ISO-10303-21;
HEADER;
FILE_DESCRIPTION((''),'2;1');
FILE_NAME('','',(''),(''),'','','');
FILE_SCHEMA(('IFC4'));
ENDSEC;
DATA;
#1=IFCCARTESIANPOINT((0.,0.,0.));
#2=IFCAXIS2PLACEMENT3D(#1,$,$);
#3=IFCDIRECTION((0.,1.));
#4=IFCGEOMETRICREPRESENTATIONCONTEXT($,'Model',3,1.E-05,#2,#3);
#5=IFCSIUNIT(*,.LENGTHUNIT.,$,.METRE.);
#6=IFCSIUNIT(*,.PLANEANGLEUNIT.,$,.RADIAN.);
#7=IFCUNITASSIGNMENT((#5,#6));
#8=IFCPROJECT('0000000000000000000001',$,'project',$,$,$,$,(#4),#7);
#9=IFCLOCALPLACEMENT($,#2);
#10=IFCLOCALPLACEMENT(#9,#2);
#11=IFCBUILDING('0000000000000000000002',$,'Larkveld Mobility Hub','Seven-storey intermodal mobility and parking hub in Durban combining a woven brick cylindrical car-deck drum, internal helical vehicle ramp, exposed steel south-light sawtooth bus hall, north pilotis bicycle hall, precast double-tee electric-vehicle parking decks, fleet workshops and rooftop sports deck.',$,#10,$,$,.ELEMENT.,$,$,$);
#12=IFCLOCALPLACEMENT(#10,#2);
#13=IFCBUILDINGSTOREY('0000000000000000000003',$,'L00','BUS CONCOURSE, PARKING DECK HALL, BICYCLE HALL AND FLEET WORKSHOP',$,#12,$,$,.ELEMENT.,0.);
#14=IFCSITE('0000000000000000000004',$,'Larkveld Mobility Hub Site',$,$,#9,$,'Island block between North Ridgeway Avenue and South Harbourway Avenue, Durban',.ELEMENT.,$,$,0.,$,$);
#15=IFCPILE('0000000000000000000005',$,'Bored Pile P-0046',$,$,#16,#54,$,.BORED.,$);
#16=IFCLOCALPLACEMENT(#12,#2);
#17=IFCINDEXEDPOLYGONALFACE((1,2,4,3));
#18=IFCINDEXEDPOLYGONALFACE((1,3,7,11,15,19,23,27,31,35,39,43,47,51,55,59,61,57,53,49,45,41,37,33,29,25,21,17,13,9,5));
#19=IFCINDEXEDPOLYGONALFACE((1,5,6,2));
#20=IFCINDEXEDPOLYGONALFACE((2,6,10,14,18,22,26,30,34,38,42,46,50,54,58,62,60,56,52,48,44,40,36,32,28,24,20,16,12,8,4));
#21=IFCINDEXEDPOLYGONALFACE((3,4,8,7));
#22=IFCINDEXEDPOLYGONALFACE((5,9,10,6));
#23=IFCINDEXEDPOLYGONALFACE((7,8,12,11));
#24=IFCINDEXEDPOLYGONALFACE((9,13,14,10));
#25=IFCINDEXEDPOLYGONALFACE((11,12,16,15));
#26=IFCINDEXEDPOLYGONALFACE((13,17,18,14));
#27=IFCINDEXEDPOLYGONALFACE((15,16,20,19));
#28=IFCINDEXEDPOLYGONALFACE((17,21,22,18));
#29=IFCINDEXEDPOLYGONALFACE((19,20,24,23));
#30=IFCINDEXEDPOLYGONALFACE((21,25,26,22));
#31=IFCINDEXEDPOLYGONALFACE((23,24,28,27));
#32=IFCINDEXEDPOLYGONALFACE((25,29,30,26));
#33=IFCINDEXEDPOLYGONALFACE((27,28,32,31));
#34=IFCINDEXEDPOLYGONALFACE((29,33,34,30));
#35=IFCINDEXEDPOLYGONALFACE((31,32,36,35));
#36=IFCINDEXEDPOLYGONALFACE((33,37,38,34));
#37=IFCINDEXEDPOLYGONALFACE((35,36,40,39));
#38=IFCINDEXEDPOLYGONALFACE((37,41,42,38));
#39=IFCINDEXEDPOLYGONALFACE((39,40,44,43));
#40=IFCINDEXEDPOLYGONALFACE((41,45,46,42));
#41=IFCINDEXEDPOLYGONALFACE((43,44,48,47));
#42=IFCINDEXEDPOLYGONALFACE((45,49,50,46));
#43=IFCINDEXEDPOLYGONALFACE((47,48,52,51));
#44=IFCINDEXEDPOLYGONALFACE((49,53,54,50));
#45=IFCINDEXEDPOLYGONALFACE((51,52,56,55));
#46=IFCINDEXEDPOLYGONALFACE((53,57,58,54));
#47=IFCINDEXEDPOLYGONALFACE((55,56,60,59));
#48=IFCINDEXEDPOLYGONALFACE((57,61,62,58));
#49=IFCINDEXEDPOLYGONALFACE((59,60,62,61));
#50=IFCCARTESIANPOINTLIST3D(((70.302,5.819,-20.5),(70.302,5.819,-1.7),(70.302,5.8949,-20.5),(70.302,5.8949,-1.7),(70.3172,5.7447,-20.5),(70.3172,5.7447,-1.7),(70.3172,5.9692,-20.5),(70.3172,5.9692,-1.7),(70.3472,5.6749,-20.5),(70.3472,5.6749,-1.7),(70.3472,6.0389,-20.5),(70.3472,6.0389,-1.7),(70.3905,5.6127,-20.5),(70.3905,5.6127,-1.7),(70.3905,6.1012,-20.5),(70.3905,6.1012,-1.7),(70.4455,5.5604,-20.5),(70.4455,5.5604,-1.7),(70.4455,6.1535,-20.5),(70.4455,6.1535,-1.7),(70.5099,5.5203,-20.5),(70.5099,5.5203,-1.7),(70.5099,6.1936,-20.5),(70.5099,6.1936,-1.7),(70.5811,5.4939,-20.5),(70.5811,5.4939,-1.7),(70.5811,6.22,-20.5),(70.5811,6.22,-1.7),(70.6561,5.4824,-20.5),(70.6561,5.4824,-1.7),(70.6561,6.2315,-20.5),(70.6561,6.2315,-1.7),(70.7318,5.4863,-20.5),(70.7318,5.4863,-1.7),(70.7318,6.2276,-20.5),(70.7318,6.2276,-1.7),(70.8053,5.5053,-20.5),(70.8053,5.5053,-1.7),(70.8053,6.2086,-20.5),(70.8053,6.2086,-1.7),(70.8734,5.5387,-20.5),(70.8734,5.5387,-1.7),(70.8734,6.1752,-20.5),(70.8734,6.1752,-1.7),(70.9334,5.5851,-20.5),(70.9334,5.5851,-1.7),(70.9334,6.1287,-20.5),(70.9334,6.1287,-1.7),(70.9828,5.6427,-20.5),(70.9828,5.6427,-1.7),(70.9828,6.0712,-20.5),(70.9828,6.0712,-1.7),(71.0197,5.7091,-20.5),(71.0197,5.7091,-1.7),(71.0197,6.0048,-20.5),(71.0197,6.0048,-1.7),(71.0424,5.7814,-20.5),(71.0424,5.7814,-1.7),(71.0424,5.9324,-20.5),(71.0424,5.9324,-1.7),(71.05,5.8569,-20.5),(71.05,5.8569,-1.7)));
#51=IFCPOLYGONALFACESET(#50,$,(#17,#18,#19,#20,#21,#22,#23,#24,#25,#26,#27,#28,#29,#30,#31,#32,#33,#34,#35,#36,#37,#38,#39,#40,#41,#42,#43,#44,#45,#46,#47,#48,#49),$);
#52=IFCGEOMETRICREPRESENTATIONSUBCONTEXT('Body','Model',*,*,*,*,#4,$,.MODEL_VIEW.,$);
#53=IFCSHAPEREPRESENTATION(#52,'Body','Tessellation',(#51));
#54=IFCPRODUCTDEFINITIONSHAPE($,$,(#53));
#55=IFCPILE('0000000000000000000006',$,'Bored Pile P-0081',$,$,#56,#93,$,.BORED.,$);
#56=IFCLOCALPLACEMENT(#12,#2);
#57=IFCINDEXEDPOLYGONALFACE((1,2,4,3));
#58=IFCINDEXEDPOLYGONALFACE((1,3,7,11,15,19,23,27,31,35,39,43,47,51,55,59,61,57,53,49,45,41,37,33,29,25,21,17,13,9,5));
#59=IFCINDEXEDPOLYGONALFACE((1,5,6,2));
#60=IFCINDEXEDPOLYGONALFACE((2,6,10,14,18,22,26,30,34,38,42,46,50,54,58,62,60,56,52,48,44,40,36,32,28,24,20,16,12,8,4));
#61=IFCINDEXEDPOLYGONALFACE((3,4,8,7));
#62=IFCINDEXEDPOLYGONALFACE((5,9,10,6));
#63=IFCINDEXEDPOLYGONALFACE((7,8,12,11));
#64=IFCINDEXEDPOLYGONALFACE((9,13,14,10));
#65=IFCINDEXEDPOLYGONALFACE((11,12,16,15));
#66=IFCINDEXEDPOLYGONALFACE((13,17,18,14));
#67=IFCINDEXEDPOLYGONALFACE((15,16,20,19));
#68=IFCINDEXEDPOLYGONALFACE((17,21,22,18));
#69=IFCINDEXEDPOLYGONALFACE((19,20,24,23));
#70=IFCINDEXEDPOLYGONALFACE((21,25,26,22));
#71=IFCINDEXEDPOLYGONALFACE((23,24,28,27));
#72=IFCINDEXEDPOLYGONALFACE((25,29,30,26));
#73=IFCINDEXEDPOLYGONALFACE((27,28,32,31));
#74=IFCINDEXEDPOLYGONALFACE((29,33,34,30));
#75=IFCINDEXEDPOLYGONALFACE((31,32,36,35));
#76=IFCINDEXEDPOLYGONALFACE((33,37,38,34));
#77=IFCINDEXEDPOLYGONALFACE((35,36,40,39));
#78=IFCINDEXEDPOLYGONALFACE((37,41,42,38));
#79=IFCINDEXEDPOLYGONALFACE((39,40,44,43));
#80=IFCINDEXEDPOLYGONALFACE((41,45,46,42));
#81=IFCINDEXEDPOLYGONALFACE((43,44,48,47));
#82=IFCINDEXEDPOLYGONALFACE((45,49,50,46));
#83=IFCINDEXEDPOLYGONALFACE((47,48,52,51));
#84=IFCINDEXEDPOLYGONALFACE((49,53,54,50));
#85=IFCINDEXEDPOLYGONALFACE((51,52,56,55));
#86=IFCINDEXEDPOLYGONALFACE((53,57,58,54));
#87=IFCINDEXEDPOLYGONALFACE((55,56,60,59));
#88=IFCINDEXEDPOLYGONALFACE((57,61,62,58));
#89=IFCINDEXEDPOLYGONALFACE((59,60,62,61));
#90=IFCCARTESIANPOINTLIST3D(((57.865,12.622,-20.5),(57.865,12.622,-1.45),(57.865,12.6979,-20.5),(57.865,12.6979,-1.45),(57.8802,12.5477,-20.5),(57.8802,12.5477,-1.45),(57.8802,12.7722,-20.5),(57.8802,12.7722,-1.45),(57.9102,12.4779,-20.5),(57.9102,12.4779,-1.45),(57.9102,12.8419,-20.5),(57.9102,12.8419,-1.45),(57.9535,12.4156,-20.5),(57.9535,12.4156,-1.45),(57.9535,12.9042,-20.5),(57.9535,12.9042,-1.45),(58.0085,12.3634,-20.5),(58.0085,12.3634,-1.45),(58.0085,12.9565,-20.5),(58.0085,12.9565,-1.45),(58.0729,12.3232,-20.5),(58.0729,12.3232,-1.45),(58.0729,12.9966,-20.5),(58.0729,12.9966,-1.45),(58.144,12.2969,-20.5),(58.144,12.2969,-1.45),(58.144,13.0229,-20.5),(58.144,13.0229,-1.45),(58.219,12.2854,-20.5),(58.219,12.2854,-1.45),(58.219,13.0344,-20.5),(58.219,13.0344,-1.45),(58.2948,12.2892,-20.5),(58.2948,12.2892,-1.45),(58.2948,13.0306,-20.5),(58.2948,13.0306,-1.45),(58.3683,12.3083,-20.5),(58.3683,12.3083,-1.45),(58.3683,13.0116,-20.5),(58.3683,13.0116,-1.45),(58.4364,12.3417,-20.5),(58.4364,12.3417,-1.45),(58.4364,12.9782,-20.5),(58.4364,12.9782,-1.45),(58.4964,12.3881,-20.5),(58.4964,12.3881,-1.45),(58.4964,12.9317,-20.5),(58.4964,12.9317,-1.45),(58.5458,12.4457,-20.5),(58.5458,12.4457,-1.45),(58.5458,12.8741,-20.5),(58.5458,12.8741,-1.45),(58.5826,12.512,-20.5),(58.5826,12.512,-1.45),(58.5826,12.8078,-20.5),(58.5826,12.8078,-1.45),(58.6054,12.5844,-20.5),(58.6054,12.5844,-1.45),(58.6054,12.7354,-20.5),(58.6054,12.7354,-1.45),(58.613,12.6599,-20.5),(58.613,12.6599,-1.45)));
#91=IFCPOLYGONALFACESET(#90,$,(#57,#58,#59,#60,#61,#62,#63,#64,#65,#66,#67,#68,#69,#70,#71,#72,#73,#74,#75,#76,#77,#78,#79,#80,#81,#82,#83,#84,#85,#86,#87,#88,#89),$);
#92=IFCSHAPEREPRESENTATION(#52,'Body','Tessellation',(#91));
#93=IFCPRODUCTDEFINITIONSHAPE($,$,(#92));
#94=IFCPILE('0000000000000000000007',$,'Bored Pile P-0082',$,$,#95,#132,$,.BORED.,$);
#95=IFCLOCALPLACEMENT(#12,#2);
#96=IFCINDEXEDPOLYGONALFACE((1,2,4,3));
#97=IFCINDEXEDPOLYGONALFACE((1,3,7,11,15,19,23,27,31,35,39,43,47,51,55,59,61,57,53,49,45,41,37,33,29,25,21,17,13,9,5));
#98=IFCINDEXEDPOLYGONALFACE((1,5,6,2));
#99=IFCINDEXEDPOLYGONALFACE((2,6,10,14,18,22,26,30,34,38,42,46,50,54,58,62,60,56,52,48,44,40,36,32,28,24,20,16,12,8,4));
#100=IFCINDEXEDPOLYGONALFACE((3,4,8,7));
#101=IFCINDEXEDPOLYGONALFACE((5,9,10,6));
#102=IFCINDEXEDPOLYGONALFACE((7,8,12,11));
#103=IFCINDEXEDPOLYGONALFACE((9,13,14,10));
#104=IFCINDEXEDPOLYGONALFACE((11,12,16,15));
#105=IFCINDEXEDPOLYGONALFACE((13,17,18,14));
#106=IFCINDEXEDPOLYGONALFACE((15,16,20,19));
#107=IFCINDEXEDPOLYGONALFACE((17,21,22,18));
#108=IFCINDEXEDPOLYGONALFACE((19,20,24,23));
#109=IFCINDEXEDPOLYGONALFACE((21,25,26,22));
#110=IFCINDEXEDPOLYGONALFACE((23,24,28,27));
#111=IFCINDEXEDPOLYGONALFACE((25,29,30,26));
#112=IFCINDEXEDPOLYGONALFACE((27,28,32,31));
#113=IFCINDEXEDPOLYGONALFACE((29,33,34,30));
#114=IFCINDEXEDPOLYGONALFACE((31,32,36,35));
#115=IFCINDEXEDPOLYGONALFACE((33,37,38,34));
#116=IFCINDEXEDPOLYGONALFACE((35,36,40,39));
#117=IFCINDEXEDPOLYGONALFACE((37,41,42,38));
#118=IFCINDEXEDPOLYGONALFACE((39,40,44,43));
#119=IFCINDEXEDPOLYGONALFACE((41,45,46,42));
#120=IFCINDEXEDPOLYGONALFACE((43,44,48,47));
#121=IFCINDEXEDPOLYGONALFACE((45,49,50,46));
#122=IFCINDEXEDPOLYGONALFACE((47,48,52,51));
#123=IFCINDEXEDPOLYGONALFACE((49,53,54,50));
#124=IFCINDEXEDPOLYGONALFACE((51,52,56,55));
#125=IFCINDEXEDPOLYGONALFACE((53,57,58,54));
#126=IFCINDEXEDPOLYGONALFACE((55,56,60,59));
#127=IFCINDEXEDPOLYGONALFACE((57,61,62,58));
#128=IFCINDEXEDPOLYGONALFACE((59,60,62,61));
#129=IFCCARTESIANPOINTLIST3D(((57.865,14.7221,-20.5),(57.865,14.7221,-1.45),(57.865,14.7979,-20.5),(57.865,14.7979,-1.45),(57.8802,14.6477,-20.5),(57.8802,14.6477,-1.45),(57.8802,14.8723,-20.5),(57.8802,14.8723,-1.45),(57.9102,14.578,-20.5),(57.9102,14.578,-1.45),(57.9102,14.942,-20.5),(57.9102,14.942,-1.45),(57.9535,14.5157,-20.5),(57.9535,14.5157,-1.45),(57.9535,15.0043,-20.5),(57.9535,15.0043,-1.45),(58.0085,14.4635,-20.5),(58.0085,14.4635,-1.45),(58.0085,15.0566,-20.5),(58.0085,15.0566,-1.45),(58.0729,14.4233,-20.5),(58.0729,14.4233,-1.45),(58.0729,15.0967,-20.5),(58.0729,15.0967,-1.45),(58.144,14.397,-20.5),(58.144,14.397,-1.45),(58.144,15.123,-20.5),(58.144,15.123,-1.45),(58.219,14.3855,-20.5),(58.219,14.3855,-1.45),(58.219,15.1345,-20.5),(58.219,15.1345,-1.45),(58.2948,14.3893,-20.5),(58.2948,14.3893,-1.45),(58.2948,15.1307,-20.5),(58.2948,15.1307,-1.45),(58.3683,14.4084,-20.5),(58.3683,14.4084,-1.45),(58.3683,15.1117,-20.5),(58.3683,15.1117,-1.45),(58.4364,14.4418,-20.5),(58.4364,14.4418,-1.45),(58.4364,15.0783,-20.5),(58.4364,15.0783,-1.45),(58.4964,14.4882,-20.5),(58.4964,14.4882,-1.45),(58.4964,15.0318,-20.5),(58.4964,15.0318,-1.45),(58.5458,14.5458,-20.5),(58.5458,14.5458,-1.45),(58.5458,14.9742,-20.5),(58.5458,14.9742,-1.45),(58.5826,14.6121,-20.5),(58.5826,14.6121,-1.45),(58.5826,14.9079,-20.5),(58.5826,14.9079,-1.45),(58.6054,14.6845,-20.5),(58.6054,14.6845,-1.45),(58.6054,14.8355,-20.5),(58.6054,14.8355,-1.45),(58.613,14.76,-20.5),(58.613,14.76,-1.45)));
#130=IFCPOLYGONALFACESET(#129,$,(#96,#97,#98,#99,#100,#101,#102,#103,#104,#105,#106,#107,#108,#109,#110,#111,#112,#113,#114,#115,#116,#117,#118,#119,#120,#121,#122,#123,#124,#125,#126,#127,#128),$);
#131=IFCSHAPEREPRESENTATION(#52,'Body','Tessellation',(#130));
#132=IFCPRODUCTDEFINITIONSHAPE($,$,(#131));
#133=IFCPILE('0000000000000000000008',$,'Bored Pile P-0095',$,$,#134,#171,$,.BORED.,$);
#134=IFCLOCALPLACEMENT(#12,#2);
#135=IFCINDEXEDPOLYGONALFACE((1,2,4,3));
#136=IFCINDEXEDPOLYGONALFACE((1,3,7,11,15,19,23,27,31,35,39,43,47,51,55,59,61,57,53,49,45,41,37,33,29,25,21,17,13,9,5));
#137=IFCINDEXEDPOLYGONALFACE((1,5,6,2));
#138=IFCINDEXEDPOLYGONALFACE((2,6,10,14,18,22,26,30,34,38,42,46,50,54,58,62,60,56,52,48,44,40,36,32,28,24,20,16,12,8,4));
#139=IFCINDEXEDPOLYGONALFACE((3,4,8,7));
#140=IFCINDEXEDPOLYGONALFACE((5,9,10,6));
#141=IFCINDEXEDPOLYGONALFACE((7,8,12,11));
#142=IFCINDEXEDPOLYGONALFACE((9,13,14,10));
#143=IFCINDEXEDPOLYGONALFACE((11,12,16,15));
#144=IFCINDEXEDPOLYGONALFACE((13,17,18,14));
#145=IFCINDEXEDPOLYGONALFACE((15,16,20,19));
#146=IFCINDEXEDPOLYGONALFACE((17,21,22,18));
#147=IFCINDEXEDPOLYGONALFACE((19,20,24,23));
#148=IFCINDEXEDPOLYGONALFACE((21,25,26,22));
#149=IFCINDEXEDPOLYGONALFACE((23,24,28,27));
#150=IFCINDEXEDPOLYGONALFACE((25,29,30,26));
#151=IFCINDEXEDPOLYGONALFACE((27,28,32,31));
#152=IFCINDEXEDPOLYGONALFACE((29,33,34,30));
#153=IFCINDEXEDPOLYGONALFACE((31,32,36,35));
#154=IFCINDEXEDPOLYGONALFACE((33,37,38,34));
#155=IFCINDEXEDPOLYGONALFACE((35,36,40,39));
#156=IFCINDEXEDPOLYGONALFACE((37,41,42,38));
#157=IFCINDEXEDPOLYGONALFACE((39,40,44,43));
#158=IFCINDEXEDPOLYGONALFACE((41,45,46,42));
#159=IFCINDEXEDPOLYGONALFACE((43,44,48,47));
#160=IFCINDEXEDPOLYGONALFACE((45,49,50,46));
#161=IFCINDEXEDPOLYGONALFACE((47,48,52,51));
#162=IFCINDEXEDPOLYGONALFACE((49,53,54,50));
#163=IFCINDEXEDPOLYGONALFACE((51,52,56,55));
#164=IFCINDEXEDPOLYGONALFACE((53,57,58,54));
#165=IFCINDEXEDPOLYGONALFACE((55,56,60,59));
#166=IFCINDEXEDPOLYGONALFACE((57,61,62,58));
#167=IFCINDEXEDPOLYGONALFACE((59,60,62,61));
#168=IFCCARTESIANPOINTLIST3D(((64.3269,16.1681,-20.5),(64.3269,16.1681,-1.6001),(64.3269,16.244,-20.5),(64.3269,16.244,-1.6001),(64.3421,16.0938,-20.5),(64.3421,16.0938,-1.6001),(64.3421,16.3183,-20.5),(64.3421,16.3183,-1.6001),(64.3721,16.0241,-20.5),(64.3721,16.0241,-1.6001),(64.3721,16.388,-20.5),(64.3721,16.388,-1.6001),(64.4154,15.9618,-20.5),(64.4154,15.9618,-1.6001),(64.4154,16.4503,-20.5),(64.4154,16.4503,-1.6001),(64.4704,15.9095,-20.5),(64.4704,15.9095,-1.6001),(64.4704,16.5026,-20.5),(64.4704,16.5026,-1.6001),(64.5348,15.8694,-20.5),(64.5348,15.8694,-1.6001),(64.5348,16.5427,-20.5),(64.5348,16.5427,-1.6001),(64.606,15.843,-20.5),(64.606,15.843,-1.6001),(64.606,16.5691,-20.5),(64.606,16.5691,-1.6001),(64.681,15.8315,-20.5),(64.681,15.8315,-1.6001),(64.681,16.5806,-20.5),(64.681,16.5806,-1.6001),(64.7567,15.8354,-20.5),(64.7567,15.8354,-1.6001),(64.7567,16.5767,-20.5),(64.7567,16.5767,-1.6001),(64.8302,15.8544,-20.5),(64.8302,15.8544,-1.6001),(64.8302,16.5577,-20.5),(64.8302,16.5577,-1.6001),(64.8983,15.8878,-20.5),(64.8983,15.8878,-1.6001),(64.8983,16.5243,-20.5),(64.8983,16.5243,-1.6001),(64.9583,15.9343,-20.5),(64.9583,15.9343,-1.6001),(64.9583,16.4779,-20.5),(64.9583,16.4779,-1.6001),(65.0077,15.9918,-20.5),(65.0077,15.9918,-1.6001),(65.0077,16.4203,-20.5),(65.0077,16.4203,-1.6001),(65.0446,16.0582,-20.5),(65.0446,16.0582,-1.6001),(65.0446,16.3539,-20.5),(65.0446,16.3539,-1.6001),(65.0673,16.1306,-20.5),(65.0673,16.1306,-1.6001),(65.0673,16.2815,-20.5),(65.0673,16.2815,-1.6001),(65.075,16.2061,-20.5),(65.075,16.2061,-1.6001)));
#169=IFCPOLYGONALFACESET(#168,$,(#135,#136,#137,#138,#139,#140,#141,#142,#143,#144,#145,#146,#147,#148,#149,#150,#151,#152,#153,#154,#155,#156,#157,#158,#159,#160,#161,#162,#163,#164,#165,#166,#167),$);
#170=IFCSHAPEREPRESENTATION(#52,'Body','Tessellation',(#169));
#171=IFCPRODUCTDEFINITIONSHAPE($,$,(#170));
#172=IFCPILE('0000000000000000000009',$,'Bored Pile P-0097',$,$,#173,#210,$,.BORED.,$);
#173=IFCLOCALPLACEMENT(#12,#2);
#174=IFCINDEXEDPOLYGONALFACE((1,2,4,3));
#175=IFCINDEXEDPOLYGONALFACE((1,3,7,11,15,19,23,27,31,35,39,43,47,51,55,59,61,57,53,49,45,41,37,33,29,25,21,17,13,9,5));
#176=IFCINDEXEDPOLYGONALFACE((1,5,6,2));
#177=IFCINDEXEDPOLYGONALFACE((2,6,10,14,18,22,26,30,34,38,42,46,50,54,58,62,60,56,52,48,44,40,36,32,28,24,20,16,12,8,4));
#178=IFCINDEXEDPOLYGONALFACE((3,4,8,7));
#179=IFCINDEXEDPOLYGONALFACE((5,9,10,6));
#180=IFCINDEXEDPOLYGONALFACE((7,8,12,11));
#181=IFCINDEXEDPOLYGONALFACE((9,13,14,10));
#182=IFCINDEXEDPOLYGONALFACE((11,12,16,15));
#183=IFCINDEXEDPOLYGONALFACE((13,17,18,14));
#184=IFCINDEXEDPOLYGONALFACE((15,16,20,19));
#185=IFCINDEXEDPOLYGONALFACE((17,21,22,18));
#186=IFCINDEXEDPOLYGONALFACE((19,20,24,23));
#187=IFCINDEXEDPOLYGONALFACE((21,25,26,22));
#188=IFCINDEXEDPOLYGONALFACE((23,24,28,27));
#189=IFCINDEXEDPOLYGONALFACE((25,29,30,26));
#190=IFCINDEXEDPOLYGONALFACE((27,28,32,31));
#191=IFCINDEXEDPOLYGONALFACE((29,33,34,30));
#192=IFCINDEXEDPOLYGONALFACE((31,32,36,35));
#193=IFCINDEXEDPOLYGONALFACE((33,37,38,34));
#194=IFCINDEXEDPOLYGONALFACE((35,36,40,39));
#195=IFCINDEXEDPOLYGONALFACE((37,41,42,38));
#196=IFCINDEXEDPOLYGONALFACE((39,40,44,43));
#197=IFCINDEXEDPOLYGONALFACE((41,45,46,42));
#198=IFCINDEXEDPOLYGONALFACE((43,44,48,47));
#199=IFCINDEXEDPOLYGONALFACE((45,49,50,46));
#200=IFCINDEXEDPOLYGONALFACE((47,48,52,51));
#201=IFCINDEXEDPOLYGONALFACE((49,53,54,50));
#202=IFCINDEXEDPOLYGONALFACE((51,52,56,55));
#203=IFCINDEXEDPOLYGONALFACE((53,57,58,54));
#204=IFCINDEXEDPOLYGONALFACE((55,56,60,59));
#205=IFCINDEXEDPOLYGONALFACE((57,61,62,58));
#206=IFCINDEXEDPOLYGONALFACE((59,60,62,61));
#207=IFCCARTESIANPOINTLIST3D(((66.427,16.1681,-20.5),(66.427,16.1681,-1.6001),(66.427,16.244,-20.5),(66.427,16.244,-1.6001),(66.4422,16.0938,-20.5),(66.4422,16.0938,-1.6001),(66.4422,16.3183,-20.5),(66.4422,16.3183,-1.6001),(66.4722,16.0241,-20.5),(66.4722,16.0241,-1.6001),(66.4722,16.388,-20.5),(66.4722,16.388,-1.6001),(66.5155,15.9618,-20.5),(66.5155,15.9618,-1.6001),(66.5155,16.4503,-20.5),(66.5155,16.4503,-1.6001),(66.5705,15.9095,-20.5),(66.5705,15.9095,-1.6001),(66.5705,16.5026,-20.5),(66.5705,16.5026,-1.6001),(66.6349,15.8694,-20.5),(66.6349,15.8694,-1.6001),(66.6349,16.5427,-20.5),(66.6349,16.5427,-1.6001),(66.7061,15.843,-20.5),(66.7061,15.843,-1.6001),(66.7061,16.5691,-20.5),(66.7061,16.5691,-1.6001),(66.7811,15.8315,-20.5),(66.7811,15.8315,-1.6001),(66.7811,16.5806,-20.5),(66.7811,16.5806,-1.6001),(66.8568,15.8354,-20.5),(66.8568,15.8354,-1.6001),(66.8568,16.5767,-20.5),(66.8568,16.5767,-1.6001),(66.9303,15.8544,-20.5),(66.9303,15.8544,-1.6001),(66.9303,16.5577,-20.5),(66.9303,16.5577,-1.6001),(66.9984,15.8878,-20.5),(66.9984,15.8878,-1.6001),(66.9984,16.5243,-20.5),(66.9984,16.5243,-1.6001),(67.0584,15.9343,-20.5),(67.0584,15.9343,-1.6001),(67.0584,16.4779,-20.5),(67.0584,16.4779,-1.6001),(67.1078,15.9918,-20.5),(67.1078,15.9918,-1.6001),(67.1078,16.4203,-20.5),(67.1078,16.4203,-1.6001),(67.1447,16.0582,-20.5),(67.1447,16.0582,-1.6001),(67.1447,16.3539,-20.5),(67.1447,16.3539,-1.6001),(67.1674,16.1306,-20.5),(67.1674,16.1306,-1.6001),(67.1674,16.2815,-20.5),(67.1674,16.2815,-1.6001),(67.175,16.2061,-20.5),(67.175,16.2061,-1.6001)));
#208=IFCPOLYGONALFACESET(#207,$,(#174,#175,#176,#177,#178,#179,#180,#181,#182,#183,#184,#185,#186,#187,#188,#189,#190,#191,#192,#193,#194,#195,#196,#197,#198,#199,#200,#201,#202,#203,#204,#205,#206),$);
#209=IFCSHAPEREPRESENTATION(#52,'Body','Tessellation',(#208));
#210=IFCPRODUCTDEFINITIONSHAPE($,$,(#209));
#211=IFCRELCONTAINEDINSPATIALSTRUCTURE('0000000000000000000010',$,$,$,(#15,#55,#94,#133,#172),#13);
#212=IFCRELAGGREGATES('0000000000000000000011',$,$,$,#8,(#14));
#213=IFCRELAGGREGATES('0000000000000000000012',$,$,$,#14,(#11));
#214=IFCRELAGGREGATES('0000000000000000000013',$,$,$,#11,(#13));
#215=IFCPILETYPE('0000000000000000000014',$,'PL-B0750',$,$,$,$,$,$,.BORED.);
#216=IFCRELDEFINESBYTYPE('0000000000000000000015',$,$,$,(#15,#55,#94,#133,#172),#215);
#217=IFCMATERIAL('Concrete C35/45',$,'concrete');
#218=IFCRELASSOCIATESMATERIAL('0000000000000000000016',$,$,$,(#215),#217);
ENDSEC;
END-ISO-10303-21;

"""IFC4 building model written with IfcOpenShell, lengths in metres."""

from ifc_helpers import new_model, si_unit, direction, frame, origin, origin_2d, place, context, subcontext, project, spatial, circle, extrude, material, material_profile, profile_set, type_object, element, save


model = new_model("IFC4")

# Units and contexts
model_context = context("Model", 3, precision=1e-05, world=origin(), true_north=direction((0.0, 1.0)))
body_context = subcontext(model_context, "Body", "Model", "MODEL_VIEW")
ifc_project = project(units=[si_unit("LENGTHUNIT", "METRE"), si_unit("PLANEANGLEUNIT", "RADIAN")], contexts=[model_context])

# Site, building, storey
site_placement = place(None, origin())
site = spatial("IfcSite", under=ifc_project, at=site_placement, Name="Larkveld Mobility Hub Site", LongName="Island block between North Ridgeway Avenue and South Harbourway Avenue, Durban", CompositionType="ELEMENT", RefElevation=0.0)
building_placement = place(site_placement, origin())
building = spatial("IfcBuilding", under=site, at=building_placement, Name="Larkveld Mobility Hub", Description="Seven-storey intermodal mobility and parking hub in Durban combining a woven brick cylindrical car-deck drum, internal helical vehicle ramp, exposed steel south-light sawtooth bus hall, north pilotis bicycle hall, precast double-tee electric-vehicle parking decks, fleet workshops and rooftop sports deck.", CompositionType="ELEMENT")
storey_placement = place(building_placement, origin())
storey = spatial("IfcBuildingStorey", under=building, at=storey_placement, Name="L00", Description="BUS CONCOURSE, PARKING DECK HALL, BICYCLE HALL AND FLEET WORKSHOP", CompositionType="ELEMENT", Elevation=0.0)

# Shared definitions
ifc_material_1 = material(Name="Concrete C35/45", Category="concrete")

# Piles
ifc_material_profile_1 = material_profile(ifc_material_1, circle(Radius=0.375, at=origin_2d()), Name="PILE D750")
ifc_profile_set_1 = profile_set([ifc_material_profile_1], Name="Concrete C35/45")
pile_type = type_object("IfcPileType", Name="PL-B0750", PredefinedType="BORED", material=ifc_profile_set_1)
pile_placement = place(storey_placement, frame((70.675, 5.8569, -1.7), z_axis=(0.0, 0.0, -1.0), x_axis=(1.0, 0.0, 0.0)))
element("IfcPile", 1, at=pile_placement, inside=storey, type_object=pile_type, Name="Bored Pile P-0046", PredefinedType="BORED", context=body_context, shape_type="SweptSolid", body=[
    extrude(circle(Radius=0.375, at=origin_2d()), origin(), (0.0, 0.0, 1.0), 18.8),
])
for number, where, z_axis, x_axis, name in (
    (2, (58.238, 12.6599, -1.45), (0.0, 0.0, -1.0), (1.0, 0.0, 0.0), "Bored Pile P-0081"),
    (3, (58.238, 14.76, -1.45), (0.0, 0.0, -1.0), (1.0, 0.0, 0.0), "Bored Pile P-0082"),
):
    element("IfcPile", number, at=place(storey_placement, frame(where, z_axis=z_axis, x_axis=x_axis)), inside=storey, type_object=pile_type, Name=name, PredefinedType="BORED", context=body_context, shape_type="SweptSolid", body=[
        extrude(circle(Radius=0.375, at=origin_2d()), origin(), (0.0, 0.0, 1.0), 19.05),
    ])
for number, where, z_axis, x_axis, name in (
    (4, (64.7, 16.2061, -1.6001), (0.0, 0.0, -1.0), (1.0, 0.0, 0.0), "Bored Pile P-0095"),
    (5, (66.8, 16.2061, -1.6001), (0.0, 0.0, -1.0), (1.0, 0.0, 0.0), "Bored Pile P-0097"),
):
    element("IfcPile", number, at=place(storey_placement, frame(where, z_axis=z_axis, x_axis=x_axis)), inside=storey, type_object=pile_type, Name=name, PredefinedType="BORED", context=body_context, shape_type="SweptSolid", body=[
        extrude(circle(Radius=0.375, at=origin_2d()), origin(), (0.0, 0.0, 1.0), 18.8999),
    ])

save(model, "model.ifc")
